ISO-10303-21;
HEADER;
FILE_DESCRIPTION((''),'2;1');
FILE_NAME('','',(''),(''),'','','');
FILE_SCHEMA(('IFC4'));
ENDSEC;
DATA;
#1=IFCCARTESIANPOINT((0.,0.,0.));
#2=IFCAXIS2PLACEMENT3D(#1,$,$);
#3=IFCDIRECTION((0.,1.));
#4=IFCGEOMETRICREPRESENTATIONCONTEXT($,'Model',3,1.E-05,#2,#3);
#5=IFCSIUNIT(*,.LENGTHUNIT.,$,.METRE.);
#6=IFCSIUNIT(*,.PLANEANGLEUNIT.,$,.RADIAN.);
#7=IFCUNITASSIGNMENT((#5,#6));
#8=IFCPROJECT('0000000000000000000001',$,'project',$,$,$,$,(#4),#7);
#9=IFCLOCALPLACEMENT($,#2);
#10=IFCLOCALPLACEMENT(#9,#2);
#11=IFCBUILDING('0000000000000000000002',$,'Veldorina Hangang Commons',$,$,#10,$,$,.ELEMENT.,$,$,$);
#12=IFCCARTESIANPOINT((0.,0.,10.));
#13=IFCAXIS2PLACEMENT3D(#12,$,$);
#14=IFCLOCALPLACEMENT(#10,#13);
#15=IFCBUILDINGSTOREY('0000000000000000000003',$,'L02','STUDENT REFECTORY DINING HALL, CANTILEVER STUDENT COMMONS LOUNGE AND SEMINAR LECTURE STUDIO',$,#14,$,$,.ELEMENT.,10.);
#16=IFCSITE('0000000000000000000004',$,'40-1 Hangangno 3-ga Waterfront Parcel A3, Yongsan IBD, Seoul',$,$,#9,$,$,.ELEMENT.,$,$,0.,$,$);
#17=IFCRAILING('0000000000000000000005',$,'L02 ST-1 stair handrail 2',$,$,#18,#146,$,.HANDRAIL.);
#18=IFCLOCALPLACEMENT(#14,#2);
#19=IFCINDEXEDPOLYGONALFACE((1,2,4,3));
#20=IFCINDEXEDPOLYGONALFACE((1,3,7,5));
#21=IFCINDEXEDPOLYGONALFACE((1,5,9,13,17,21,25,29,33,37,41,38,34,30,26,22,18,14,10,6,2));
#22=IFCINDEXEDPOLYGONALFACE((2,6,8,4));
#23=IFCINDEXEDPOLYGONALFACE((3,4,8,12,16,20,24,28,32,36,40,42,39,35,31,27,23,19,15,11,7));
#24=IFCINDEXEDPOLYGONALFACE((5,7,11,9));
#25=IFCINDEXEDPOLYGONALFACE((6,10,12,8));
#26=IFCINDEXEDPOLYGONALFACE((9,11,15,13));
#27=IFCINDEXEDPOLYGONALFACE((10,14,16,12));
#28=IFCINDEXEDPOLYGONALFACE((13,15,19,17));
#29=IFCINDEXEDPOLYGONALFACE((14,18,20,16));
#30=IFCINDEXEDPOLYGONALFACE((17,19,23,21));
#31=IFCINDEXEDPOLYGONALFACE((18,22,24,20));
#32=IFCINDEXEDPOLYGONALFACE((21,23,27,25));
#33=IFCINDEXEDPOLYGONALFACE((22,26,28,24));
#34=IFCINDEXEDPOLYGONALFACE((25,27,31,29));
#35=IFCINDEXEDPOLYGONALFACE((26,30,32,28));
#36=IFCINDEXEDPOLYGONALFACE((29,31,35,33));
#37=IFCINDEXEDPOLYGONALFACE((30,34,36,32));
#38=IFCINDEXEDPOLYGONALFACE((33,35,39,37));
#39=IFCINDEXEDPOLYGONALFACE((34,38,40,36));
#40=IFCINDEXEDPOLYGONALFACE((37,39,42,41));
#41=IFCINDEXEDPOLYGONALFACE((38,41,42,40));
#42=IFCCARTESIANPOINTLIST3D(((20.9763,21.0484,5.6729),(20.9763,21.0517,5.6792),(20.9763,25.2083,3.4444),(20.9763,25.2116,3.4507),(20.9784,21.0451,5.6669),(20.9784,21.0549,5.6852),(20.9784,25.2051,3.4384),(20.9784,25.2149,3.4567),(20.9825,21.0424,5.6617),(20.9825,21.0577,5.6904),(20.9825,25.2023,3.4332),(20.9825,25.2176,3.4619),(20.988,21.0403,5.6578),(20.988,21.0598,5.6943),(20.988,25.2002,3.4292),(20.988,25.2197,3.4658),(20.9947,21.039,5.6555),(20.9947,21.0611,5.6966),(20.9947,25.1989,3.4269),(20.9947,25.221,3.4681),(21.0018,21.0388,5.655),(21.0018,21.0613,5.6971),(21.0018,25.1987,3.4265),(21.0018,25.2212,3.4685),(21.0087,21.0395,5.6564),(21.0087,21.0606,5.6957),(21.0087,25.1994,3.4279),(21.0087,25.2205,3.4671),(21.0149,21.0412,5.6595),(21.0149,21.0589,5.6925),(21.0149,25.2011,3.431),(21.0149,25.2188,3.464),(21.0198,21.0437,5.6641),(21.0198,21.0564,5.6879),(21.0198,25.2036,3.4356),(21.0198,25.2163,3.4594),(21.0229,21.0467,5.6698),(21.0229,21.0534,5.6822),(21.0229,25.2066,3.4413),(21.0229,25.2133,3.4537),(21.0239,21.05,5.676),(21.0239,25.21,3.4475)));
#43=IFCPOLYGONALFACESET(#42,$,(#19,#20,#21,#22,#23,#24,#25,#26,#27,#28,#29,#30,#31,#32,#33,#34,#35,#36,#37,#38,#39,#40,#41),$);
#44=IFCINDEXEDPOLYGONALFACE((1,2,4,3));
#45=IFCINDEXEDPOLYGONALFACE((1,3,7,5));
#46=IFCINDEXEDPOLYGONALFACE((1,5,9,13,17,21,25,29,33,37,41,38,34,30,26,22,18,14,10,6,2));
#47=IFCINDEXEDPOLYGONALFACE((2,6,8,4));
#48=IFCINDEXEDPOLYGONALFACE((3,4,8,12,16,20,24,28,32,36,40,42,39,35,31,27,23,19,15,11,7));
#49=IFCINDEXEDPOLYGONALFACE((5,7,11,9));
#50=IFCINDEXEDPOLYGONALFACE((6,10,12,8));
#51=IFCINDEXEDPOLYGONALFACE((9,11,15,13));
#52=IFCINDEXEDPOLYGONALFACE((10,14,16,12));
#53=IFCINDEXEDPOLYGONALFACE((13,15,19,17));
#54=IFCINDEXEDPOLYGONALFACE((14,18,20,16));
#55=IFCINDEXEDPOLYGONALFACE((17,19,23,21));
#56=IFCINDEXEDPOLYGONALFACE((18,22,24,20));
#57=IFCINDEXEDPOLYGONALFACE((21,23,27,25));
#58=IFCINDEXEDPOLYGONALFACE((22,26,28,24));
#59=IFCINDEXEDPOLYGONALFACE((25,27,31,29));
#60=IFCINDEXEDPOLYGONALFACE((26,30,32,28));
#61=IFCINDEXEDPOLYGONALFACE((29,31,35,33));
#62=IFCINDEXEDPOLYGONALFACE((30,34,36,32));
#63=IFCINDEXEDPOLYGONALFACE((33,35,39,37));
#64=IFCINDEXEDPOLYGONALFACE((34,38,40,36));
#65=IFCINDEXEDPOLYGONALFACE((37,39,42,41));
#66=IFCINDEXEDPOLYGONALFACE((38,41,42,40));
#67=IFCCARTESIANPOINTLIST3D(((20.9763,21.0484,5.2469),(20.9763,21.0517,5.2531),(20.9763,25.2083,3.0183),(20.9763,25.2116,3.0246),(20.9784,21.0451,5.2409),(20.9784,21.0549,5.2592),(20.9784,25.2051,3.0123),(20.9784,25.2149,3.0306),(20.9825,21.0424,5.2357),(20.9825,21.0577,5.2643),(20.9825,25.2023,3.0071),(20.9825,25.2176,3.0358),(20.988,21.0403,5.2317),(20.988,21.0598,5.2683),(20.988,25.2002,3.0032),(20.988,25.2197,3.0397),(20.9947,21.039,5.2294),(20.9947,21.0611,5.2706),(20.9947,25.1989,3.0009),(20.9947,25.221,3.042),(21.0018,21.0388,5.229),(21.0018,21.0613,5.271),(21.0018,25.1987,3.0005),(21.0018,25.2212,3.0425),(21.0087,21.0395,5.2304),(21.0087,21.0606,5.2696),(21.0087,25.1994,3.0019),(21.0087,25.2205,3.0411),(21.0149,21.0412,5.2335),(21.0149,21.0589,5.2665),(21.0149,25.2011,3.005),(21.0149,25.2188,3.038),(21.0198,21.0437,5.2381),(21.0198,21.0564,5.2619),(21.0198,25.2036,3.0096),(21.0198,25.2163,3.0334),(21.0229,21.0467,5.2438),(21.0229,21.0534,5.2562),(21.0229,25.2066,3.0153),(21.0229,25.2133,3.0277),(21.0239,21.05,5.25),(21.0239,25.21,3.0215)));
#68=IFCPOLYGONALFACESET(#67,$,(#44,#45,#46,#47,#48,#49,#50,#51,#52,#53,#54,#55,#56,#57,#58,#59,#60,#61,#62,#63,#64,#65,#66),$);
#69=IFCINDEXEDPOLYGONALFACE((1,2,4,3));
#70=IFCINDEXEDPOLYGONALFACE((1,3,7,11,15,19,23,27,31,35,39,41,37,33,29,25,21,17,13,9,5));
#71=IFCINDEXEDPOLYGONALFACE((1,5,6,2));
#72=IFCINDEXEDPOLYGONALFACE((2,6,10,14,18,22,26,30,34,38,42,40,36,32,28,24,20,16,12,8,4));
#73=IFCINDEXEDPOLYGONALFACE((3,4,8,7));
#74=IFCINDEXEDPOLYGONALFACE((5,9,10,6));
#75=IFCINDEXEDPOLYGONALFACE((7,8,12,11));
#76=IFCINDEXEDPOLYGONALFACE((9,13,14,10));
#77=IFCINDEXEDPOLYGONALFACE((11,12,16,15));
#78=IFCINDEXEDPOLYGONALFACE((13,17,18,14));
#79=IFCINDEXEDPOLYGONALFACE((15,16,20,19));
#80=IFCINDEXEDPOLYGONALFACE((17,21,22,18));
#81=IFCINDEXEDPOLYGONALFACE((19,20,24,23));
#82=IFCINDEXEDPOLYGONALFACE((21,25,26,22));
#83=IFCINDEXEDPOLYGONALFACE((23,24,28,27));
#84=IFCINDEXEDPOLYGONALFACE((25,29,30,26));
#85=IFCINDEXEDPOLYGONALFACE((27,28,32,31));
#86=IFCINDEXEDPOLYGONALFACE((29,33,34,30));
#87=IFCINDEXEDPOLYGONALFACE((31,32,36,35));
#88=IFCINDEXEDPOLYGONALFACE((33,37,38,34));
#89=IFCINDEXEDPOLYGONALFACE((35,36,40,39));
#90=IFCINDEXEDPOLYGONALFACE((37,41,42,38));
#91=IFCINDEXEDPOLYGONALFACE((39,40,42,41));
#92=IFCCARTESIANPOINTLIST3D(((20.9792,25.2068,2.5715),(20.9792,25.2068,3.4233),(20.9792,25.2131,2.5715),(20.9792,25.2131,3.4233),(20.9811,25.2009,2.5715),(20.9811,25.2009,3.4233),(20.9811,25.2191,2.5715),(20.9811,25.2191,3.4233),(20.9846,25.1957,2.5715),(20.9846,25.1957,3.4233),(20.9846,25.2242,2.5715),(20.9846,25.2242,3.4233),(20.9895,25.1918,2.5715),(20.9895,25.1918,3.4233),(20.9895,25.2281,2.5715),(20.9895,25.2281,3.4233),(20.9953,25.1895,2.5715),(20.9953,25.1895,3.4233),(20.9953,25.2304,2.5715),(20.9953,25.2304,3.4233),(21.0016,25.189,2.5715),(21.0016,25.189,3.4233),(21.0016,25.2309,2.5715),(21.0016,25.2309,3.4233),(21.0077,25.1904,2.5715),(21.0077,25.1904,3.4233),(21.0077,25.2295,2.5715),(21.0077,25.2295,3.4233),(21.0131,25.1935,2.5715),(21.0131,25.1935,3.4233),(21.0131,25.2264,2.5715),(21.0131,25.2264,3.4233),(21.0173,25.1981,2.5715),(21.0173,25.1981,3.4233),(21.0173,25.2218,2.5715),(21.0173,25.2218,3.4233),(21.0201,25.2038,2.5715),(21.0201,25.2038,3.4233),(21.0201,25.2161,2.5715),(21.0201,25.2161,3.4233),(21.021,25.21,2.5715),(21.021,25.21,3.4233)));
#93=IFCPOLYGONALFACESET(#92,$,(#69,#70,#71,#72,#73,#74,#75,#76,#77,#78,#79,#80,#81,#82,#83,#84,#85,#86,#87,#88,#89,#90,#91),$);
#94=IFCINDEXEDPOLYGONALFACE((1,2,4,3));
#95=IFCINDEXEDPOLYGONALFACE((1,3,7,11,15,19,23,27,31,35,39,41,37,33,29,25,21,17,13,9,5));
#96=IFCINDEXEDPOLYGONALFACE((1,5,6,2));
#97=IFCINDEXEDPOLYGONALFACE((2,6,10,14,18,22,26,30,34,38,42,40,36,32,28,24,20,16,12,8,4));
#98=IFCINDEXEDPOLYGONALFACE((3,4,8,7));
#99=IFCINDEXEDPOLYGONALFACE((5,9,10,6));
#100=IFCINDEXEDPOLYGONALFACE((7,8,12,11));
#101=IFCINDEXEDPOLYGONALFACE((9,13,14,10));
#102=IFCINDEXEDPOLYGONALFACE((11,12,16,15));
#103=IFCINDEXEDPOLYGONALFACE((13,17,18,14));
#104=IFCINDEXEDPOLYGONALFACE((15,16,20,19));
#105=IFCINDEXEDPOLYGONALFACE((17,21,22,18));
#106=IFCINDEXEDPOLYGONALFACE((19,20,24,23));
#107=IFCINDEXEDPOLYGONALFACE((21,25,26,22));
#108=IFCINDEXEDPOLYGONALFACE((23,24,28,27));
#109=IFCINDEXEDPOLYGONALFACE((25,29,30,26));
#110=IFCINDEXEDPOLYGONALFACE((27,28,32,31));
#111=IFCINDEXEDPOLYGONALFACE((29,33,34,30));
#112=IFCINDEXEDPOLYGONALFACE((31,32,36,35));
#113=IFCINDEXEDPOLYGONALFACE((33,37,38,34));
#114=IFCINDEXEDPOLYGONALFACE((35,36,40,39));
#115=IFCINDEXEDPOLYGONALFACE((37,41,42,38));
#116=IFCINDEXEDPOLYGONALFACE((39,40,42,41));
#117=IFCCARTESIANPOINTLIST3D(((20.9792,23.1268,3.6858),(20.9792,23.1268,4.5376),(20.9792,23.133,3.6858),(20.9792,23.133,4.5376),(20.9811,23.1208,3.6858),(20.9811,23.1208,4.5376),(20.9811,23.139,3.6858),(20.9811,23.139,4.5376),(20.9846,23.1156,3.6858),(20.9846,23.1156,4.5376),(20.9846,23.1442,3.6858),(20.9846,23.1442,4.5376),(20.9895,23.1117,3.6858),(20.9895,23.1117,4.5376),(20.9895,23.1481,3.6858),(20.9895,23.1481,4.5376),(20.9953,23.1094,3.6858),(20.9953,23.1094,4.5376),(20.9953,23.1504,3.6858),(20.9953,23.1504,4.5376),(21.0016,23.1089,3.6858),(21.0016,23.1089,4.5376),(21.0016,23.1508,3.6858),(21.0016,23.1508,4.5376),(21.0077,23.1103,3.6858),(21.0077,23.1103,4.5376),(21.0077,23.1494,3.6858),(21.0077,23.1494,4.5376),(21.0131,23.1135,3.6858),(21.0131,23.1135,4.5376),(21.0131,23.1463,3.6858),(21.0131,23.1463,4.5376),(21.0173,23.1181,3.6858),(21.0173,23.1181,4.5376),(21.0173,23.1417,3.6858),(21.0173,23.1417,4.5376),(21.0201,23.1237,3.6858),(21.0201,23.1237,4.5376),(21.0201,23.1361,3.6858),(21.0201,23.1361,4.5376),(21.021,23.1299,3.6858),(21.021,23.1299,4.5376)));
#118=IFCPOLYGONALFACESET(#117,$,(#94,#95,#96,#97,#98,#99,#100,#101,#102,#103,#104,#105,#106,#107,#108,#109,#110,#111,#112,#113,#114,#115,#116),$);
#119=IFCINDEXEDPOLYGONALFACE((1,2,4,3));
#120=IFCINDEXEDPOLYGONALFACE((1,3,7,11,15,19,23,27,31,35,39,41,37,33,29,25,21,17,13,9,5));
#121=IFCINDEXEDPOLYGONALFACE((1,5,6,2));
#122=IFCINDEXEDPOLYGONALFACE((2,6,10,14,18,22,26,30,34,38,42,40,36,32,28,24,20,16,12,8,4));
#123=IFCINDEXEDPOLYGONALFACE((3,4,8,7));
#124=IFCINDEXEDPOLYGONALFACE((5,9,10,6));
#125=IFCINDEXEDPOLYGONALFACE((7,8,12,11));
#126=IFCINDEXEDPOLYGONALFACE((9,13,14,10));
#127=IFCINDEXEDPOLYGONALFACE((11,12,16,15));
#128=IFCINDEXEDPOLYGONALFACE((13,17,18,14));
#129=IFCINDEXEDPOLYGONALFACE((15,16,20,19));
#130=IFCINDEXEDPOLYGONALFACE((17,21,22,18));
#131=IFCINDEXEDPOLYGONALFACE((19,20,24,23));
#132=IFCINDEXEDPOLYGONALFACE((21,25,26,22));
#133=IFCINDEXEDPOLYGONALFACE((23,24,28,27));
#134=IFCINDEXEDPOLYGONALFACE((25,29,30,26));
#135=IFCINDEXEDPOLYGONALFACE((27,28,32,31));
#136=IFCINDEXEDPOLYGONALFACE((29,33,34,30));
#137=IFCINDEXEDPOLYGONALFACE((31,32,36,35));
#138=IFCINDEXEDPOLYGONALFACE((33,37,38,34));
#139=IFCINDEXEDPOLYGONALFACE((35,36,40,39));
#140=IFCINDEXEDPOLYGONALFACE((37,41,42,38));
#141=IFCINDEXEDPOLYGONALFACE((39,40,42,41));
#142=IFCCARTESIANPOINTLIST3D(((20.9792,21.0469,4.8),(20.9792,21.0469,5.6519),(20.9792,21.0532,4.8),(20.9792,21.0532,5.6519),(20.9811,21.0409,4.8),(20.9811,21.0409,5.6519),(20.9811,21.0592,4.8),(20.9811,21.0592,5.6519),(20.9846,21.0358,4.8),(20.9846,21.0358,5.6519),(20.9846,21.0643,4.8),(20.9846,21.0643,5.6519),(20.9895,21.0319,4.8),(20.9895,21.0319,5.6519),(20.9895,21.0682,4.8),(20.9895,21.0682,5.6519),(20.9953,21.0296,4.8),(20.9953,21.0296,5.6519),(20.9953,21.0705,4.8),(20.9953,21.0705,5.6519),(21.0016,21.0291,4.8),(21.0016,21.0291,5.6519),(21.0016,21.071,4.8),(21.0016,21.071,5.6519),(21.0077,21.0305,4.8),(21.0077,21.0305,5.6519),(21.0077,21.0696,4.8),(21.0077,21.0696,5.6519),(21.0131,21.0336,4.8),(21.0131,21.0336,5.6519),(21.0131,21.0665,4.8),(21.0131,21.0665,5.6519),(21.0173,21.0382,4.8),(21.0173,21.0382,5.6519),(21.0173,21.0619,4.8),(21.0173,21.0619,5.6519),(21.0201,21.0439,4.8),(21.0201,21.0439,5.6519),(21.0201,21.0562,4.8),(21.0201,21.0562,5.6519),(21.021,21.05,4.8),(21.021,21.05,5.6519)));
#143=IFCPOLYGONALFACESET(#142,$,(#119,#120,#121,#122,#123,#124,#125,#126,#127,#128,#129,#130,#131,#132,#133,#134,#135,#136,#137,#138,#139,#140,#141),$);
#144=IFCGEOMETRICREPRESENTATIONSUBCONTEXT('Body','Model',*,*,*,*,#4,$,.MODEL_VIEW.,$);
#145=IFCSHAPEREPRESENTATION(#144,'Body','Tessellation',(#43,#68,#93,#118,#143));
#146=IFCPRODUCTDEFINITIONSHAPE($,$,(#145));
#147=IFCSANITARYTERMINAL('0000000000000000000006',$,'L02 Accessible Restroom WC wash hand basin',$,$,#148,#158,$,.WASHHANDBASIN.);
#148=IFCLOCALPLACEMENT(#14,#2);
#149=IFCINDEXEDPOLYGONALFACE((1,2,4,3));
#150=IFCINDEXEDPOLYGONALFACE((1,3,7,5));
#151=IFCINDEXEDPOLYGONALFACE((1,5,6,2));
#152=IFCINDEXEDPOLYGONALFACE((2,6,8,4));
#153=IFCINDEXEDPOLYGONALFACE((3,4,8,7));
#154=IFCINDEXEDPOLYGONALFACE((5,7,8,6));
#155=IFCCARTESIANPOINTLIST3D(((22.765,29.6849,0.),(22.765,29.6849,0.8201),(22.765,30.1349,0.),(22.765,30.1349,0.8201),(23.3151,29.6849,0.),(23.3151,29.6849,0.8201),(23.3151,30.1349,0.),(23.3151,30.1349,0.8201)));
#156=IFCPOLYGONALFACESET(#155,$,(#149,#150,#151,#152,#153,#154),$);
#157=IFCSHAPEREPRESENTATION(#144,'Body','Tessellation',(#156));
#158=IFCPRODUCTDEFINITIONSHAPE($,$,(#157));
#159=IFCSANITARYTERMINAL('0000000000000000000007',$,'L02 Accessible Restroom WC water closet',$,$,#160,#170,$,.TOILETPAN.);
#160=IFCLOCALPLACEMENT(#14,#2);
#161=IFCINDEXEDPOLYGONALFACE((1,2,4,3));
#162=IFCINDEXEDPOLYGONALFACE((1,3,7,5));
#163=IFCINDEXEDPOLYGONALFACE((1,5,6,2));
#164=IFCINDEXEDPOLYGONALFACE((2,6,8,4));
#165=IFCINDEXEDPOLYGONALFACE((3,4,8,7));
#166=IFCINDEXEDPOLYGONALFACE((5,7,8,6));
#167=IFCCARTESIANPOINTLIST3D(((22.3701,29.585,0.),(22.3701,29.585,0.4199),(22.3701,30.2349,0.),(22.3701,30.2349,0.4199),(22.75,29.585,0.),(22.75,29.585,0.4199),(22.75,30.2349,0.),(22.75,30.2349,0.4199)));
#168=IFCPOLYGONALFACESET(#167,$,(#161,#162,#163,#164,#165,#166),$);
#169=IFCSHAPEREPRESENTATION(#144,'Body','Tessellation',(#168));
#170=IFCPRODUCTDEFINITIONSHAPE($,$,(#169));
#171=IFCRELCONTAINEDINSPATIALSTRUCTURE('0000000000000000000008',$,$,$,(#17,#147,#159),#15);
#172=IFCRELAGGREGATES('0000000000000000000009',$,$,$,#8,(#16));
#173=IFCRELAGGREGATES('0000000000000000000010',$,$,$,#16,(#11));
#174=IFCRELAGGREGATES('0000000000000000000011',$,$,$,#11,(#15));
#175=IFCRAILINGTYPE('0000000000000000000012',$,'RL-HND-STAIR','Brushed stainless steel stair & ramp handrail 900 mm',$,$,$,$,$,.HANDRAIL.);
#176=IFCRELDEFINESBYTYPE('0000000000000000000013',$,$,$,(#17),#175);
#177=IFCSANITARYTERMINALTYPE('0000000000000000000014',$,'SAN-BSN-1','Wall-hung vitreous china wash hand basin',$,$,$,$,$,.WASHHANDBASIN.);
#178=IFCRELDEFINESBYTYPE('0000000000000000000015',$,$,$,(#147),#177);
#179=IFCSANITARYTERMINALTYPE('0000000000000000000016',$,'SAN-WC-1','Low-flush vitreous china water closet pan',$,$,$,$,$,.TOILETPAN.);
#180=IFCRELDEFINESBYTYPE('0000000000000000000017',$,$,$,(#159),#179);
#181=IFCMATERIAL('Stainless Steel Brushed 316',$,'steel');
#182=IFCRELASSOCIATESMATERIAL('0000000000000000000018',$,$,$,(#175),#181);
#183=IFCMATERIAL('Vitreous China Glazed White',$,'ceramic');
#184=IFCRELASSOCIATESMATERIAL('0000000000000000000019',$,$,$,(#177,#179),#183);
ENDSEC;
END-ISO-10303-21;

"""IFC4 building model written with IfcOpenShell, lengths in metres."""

from ifc_helpers import new_model, si_unit, direction, frame, origin, origin_2d, place, context, subcontext, project, spatial, rectangle, circle, extrude, material, type_object, element, save


model = new_model("IFC4")

# Units and contexts
model_context = context("Model", 3, precision=1e-05, world=origin(), true_north=direction((0.0, 1.0)))
body_context = subcontext(model_context, "Body", "Model", "MODEL_VIEW")
ifc_project = project(units=[si_unit("LENGTHUNIT", "METRE"), si_unit("PLANEANGLEUNIT", "RADIAN")], contexts=[model_context])

# Site, building, storey
site_placement = place(None, origin())
site = spatial("IfcSite", under=ifc_project, at=site_placement, Name="40-1 Hangangno 3-ga Waterfront Parcel A3, Yongsan IBD, Seoul", CompositionType="ELEMENT", RefElevation=0.0)
building_placement = place(site_placement, origin())
building = spatial("IfcBuilding", under=site, at=building_placement, Name="Veldorina Hangang Commons", CompositionType="ELEMENT")
storey_placement = place(building_placement, frame((0.0, 0.0, 10.0)))
storey = spatial("IfcBuildingStorey", under=building, at=storey_placement, Name="L02", Description="STUDENT REFECTORY DINING HALL, CANTILEVER STUDENT COMMONS LOUNGE AND SEMINAR LECTURE STUDIO", CompositionType="ELEMENT", Elevation=10.0)

# Railing
ifc_material_1 = material(Name="Stainless Steel Brushed 316", Category="steel")
railing_type_1 = type_object("IfcRailingType", Name="RL-HND-STAIR", Description="Brushed stainless steel stair & ramp handrail 900 mm", PredefinedType="HANDRAIL", material=ifc_material_1)
railing_1_placement = place(storey_placement, frame((21.0, 25.21, 2.5715)))
element("IfcRailing", 1, at=railing_1_placement, inside=storey, type_object=railing_type_1, Name="L02 ST-1 stair handrail 2", PredefinedType="HANDRAIL", context=body_context, shape_type="SweptSolid", body=[
    extrude(circle(Radius=0.0239, at=origin_2d()), frame((0.0, 0.0, 0.876), z_axis=(0.0, -0.881481, 0.47222), x_axis=(1.0, 0.0, 0.0)), (0.0, 0.0, 1.0), 4.7192),
    extrude(circle(Radius=0.0239, at=origin_2d()), frame((0.0, 0.0, 0.45), z_axis=(0.0, -0.881481, 0.47222), x_axis=(1.0, 0.0, 0.0)), (0.0, 0.0, 1.0), 4.7192),
    extrude(circle(Radius=0.021, at=origin_2d()), origin(), (0.0, 0.0, 1.0), 0.8518),
    extrude(circle(Radius=0.021, at=origin_2d()), frame((0.0, -2.0801, 1.1143)), (0.0, 0.0, 1.0), 0.8518),
    extrude(circle(Radius=0.021, at=origin_2d()), frame((0.0, -4.1599, 2.2285)), (0.0, 0.0, 1.0), 0.8518),
])

# Sanitary terminals
ifc_material_2 = material(Name="Vitreous China Glazed White", Category="ceramic")
sanitary_terminal_type_1 = type_object("IfcSanitaryTerminalType", Name="SAN-BSN-1", Description="Wall-hung vitreous china wash hand basin", PredefinedType="WASHHANDBASIN", material=ifc_material_2)
sanitary_terminal_1_placement = place(storey_placement, frame((23.04, 29.9099, 0.0), z_axis=(0.0, 0.0, 1.0), x_axis=(1.0, 0.0, 0.0)))
element("IfcSanitaryTerminal", 2, at=sanitary_terminal_1_placement, inside=storey, type_object=sanitary_terminal_type_1, Name="L02 Accessible Restroom WC wash hand basin", PredefinedType="WASHHANDBASIN", context=body_context, shape_type="SweptSolid", body=[
    extrude(rectangle(XDim=0.55, YDim=0.45, at=origin_2d()), origin(), (0.0, 0.0, 1.0), 0.8201),
])
sanitary_terminal_type_2 = type_object("IfcSanitaryTerminalType", Name="SAN-WC-1", Description="Low-flush vitreous china water closet pan", PredefinedType="TOILETPAN", material=ifc_material_2)
sanitary_terminal_2_placement = place(storey_placement, frame((22.5601, 29.9099, 0.0), z_axis=(0.0, 0.0, 1.0), x_axis=(1.0, 0.0, 0.0)))
element("IfcSanitaryTerminal", 3, at=sanitary_terminal_2_placement, inside=storey, type_object=sanitary_terminal_type_2, Name="L02 Accessible Restroom WC water closet", PredefinedType="TOILETPAN", context=body_context, shape_type="SweptSolid", body=[
    extrude(rectangle(XDim=0.3799, YDim=0.6499, at=origin_2d()), origin(), (0.0, 0.0, 1.0), 0.4199),
])

save(model, "model.ifc")
